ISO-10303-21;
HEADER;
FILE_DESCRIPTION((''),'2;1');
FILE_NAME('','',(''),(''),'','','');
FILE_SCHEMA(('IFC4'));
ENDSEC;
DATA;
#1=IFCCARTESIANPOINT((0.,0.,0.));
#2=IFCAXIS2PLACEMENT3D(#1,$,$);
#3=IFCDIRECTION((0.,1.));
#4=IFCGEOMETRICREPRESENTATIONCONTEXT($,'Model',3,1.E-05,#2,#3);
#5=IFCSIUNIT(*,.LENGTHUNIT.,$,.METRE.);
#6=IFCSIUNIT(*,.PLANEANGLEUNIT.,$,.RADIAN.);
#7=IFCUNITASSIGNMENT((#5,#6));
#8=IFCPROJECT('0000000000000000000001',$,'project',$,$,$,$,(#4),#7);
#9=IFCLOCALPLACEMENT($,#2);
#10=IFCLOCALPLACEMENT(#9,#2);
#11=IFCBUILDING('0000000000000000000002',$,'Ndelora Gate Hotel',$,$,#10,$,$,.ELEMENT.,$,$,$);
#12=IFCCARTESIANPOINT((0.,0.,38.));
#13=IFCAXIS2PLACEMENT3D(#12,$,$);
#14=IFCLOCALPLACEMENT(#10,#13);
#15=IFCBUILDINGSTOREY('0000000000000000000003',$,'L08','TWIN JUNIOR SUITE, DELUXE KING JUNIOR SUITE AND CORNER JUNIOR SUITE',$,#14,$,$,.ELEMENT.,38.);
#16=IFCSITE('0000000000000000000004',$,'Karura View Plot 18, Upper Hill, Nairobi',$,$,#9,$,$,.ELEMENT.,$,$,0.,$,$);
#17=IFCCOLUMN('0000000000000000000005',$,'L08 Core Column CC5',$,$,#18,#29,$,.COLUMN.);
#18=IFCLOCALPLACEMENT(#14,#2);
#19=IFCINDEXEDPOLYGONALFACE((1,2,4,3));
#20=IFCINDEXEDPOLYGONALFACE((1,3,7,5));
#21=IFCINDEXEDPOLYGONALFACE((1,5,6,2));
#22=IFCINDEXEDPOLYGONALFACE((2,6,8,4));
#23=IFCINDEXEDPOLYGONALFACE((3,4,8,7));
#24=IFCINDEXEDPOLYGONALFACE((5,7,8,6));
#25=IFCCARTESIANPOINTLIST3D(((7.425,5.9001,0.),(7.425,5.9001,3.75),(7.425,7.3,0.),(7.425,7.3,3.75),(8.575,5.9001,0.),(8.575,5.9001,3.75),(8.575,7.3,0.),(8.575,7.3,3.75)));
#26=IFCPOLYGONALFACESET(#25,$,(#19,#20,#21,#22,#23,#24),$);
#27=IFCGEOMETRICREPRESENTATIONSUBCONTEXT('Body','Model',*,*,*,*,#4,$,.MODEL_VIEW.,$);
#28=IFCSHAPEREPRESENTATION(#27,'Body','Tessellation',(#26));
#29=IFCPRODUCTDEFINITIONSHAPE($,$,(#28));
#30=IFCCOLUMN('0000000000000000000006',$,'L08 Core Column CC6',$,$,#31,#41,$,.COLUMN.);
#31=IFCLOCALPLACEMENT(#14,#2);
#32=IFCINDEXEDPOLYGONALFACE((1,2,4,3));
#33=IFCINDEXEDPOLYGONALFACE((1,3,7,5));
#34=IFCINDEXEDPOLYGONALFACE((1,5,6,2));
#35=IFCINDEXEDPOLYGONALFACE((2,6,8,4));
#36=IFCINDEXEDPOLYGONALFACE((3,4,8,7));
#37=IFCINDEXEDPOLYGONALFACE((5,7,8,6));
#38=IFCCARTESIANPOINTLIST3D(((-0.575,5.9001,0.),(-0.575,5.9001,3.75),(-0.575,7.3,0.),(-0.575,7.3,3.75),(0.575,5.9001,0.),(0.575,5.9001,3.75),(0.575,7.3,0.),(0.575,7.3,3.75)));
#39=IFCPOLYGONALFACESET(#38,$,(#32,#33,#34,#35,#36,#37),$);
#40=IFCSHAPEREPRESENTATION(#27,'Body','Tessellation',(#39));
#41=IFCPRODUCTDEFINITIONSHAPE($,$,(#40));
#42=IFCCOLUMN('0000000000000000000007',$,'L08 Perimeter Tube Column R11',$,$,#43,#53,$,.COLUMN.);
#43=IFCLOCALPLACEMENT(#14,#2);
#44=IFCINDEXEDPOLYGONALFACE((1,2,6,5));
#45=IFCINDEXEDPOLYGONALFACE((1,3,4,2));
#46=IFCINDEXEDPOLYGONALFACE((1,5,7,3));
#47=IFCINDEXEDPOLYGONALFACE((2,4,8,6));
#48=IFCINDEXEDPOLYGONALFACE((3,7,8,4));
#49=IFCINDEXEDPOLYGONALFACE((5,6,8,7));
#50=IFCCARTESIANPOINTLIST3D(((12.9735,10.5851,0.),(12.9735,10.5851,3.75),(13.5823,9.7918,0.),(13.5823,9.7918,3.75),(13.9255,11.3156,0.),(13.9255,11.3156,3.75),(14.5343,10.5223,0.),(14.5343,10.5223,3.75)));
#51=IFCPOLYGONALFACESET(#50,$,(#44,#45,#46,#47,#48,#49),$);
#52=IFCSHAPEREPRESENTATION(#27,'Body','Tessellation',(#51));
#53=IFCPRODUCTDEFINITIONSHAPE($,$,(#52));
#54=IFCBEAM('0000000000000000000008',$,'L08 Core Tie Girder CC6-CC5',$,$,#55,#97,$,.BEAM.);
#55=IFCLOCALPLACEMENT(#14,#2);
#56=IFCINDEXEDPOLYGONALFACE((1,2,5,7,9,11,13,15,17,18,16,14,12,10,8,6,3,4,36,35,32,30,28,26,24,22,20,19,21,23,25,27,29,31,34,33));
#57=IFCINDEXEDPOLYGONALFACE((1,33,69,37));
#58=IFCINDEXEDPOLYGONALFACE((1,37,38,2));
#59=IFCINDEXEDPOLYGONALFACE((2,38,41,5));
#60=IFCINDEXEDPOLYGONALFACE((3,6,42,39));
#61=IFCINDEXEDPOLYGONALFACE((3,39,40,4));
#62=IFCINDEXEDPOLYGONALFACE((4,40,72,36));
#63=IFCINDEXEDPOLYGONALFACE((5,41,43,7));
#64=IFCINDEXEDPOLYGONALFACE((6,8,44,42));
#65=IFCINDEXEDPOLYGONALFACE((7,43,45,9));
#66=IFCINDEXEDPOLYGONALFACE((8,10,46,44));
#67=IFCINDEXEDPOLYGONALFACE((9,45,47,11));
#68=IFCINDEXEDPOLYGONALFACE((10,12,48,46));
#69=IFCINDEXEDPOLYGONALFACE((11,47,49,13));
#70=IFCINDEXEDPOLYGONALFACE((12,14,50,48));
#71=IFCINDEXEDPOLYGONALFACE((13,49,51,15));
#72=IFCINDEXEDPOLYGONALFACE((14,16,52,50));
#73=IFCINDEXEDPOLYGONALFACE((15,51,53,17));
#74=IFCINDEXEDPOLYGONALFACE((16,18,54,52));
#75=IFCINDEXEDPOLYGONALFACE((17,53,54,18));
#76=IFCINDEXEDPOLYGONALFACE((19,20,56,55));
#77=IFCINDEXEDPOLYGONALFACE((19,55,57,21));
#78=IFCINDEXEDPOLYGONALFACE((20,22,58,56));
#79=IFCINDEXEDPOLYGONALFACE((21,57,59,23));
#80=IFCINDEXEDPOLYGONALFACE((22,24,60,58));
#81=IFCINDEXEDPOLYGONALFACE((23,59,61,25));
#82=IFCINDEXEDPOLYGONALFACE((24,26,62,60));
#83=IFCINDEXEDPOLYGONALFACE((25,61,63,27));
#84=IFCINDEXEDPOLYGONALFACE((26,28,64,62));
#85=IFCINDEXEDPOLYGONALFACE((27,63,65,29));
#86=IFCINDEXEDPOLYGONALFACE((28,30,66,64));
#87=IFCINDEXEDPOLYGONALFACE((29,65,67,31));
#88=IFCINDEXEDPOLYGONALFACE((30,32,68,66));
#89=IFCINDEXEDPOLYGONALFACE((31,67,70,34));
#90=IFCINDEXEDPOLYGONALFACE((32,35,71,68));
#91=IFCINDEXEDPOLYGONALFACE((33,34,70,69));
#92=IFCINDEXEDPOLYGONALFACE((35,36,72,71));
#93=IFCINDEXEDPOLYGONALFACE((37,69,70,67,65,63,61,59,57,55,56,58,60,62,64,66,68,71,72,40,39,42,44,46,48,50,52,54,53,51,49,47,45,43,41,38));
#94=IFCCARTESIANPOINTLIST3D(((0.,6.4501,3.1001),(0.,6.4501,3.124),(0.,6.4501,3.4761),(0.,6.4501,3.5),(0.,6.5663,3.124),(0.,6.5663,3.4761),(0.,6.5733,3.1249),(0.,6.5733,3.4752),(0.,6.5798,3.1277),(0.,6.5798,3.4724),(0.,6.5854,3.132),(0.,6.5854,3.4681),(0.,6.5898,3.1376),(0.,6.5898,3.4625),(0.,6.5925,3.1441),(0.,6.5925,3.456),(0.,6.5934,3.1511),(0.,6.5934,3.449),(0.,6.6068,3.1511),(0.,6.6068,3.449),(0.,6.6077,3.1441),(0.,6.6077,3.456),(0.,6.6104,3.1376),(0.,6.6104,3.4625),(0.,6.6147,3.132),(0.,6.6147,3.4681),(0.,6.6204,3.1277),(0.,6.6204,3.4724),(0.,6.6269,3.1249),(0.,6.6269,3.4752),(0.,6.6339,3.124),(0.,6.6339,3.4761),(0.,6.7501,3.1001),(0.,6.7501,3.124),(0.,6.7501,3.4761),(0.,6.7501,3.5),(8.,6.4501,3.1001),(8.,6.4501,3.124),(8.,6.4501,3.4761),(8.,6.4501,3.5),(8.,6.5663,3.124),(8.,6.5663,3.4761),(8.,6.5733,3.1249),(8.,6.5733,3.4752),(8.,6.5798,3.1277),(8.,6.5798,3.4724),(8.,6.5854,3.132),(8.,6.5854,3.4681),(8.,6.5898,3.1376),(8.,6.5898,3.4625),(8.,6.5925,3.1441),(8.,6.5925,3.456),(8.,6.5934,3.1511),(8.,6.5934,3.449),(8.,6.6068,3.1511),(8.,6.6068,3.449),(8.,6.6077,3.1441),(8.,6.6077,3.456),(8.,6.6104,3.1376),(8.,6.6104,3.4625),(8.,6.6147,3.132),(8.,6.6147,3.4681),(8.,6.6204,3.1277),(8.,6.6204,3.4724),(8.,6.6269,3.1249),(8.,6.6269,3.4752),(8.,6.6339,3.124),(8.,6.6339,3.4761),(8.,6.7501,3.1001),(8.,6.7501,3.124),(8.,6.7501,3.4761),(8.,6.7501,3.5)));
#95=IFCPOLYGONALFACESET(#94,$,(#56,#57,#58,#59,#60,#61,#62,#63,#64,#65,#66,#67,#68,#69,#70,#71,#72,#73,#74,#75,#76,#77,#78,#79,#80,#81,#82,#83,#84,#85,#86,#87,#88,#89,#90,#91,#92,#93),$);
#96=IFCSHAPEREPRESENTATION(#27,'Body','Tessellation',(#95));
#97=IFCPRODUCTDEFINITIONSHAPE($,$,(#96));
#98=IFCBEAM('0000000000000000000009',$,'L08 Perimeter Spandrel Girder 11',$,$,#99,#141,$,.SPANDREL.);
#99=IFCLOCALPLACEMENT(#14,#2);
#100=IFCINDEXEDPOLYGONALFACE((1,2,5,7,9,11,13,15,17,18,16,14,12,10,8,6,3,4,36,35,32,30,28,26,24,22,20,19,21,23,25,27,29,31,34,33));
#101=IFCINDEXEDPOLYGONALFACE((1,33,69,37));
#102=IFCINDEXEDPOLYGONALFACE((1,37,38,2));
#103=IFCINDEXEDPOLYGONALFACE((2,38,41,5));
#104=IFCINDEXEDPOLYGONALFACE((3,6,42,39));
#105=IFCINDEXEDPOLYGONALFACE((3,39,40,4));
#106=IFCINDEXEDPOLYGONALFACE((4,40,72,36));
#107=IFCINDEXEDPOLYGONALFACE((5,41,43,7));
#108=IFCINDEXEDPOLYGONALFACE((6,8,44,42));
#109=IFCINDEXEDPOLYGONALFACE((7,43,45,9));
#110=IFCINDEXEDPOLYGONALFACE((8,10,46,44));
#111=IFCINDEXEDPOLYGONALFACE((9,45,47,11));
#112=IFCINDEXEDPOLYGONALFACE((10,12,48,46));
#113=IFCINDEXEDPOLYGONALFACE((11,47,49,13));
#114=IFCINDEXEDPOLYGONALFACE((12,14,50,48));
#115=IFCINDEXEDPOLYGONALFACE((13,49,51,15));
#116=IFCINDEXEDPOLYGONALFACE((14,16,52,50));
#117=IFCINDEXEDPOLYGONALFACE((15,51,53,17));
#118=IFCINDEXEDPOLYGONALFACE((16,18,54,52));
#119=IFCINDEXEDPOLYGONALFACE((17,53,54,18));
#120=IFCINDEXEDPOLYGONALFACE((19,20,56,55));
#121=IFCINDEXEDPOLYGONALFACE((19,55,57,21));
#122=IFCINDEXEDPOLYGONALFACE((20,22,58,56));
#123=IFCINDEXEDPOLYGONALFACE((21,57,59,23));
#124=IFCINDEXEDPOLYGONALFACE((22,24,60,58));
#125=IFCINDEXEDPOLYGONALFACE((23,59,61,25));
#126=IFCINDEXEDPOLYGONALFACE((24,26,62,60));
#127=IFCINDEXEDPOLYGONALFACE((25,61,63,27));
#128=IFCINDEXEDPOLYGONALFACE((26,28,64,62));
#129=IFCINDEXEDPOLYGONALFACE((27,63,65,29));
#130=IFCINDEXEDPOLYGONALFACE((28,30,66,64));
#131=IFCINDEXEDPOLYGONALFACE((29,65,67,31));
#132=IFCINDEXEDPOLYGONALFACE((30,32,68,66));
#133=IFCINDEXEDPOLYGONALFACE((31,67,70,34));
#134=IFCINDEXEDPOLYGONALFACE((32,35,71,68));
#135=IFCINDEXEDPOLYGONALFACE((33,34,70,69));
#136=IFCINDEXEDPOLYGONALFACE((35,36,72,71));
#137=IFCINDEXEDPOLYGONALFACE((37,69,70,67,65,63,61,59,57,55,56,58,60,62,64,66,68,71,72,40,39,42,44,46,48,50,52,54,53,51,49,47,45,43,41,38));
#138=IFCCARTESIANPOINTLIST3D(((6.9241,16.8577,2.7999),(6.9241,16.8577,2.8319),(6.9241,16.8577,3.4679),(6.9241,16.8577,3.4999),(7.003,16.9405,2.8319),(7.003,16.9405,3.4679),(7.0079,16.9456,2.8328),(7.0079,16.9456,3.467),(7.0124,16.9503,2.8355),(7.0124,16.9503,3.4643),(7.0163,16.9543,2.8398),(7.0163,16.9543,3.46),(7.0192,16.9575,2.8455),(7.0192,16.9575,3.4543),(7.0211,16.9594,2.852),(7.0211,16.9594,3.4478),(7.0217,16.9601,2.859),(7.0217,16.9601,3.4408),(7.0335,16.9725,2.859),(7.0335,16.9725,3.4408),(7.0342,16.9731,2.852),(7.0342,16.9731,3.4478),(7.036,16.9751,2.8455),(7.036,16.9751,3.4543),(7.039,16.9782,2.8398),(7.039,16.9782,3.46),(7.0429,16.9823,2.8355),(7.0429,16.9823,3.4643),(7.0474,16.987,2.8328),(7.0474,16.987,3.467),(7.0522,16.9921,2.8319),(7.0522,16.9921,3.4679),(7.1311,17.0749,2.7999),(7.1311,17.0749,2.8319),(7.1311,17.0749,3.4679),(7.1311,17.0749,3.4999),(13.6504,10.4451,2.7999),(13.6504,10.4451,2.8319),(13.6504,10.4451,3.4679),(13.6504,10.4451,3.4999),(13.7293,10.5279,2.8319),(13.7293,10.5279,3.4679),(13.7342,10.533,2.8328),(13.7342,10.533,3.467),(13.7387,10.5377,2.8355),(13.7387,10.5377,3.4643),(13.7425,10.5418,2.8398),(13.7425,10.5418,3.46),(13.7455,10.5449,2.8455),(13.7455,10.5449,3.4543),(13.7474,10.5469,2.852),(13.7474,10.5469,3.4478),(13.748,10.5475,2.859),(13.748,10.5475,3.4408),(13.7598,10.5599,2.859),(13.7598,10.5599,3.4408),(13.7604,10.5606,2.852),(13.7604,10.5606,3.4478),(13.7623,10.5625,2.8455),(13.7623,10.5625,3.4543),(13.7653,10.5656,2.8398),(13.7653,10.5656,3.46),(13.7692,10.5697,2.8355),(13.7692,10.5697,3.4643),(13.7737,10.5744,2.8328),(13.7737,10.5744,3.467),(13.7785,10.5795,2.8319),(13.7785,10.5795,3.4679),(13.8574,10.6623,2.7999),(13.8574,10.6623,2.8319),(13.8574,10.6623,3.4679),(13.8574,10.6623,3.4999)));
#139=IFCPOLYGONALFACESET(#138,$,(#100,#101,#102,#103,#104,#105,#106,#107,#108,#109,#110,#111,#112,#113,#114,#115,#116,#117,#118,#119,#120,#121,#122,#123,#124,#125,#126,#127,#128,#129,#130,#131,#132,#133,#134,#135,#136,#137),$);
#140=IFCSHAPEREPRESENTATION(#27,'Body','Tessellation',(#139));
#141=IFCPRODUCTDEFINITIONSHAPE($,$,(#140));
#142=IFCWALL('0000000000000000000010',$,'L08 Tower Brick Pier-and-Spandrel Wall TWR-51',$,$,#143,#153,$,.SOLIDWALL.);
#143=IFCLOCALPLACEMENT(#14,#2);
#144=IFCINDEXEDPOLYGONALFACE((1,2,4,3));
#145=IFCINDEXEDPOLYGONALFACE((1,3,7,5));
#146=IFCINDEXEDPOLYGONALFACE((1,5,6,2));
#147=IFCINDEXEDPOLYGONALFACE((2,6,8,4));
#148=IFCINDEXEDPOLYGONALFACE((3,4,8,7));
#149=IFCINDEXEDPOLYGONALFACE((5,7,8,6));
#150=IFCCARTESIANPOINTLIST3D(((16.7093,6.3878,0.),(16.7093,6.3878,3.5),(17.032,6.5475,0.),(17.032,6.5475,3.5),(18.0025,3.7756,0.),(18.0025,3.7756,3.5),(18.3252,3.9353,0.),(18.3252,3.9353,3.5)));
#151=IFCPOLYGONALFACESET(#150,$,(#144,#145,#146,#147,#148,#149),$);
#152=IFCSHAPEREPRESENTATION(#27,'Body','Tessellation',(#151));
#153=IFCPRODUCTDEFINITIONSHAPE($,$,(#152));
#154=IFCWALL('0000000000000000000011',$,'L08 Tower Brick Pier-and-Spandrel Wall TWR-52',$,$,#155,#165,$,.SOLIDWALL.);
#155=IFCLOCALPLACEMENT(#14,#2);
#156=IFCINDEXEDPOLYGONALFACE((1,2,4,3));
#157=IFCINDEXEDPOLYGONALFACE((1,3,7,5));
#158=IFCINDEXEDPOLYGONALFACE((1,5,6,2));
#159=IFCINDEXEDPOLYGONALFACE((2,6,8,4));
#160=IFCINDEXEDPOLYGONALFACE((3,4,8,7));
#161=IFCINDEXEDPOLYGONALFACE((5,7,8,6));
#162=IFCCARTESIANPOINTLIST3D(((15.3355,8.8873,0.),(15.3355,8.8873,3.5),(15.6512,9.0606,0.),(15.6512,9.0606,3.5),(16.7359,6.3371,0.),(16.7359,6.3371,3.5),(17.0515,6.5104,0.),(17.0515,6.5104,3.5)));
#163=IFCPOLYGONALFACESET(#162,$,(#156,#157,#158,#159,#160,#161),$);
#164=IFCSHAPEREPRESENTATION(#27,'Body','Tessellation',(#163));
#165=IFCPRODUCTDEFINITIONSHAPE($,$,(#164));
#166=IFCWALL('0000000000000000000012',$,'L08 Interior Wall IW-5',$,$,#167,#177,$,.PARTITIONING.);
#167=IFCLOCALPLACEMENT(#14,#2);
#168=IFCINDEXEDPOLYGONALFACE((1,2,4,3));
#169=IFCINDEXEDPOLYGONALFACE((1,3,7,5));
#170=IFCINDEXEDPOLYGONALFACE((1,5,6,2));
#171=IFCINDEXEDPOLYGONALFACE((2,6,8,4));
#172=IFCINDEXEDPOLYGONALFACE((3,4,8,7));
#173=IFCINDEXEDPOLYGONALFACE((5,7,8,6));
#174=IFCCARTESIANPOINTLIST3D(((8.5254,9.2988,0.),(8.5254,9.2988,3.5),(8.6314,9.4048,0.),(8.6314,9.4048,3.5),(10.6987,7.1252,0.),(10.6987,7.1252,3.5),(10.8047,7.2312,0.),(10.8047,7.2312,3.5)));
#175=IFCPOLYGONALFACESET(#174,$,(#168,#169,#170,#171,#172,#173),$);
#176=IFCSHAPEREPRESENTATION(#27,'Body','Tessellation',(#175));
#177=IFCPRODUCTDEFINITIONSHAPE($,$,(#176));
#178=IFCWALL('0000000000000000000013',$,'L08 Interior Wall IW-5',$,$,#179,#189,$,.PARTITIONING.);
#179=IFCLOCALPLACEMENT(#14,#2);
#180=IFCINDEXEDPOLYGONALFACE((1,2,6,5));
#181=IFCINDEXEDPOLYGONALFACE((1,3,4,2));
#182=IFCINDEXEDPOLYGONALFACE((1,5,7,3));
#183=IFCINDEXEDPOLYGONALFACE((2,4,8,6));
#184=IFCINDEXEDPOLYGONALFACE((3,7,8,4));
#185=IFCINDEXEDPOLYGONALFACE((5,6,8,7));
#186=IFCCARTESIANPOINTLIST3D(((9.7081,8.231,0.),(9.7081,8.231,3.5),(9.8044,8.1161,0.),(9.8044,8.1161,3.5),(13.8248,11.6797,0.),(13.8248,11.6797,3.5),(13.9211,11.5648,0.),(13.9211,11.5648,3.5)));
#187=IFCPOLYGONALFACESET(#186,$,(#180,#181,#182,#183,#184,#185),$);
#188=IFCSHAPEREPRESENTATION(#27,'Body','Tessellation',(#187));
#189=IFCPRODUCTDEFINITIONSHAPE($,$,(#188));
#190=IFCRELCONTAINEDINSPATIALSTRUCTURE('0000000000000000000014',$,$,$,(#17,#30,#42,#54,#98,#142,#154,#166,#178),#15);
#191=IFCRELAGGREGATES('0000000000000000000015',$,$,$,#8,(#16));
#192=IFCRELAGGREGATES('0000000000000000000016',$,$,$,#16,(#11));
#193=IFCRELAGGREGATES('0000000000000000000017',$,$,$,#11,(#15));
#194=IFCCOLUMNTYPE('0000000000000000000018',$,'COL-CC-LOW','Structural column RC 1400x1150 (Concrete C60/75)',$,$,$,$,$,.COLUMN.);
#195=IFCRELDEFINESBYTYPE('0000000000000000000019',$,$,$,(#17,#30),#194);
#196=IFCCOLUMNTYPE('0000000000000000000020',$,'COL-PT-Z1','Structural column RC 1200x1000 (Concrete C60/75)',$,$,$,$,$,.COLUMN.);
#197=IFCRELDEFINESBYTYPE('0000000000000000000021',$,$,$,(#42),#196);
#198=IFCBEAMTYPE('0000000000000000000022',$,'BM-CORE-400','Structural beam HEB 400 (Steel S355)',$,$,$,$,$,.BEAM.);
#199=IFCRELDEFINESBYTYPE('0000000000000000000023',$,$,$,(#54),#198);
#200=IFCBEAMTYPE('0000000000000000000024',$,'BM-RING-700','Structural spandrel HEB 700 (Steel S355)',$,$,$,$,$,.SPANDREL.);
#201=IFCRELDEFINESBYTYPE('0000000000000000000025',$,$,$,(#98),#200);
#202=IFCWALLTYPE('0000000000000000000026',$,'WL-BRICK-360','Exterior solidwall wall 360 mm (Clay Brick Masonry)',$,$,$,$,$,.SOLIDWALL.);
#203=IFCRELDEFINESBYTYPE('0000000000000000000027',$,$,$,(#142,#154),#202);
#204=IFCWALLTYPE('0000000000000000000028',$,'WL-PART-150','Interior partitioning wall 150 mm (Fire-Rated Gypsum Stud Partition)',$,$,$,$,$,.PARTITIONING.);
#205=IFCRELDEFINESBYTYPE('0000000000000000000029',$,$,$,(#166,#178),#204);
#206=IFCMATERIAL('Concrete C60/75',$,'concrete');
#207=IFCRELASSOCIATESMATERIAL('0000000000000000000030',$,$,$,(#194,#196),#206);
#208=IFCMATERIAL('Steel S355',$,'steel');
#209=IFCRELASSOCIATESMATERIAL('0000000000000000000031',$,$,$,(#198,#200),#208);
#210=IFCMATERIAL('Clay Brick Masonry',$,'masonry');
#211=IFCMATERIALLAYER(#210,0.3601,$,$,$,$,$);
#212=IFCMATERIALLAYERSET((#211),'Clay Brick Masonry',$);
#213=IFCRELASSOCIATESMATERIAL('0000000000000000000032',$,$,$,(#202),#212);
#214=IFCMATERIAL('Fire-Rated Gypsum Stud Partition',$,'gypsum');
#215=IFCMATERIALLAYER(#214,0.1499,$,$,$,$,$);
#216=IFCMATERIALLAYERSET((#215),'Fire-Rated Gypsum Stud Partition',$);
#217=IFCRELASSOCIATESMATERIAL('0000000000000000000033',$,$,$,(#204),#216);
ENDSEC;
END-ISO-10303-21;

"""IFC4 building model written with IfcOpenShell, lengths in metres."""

from ifc_helpers import new_model, si_unit, direction, frame, frame_2d, origin, origin_2d, place, context, subcontext, project, spatial, rectangle, i_section, extrude, material, layer, layer_set, material_profile, profile_set, type_object, element, save


model = new_model("IFC4")

# Units and contexts
model_context = context("Model", 3, precision=1e-05, world=origin(), true_north=direction((0.0, 1.0)))
body_context = subcontext(model_context, "Body", "Model", "MODEL_VIEW")
ifc_project = project(units=[si_unit("LENGTHUNIT", "METRE"), si_unit("PLANEANGLEUNIT", "RADIAN")], contexts=[model_context])

# Site, building, storey
site_placement = place(None, origin())
site = spatial("IfcSite", under=ifc_project, at=site_placement, Name="Karura View Plot 18, Upper Hill, Nairobi", CompositionType="ELEMENT", RefElevation=0.0)
building_placement = place(site_placement, origin())
building = spatial("IfcBuilding", under=site, at=building_placement, Name="Ndelora Gate Hotel", CompositionType="ELEMENT")
storey_placement = place(building_placement, frame((0.0, 0.0, 38.0)))
storey = spatial("IfcBuildingStorey", under=building, at=storey_placement, Name="L08", Description="TWIN JUNIOR SUITE, DELUXE KING JUNIOR SUITE AND CORNER JUNIOR SUITE", CompositionType="ELEMENT", Elevation=38.0)

# Columns
ifc_material_1 = material(Name="Concrete C60/75", Category="concrete")
ifc_material_profile_1 = material_profile(ifc_material_1, rectangle(XDim=1.1499, YDim=1.3999, at=origin_2d()), Name="RC 1400x1150")
ifc_profile_set_1 = profile_set([ifc_material_profile_1], Name="Concrete C60/75")
column_type_1 = type_object("IfcColumnType", Name="COL-CC-LOW", Description="Structural column RC 1400x1150 (Concrete C60/75)", PredefinedType="COLUMN", material=ifc_profile_set_1)
for number, where, z_axis, x_axis, name in (
    (1, (8.0, 6.6001, 0.0), (0.0, 0.0, 1.0), (1.0, 0.0, 0.0), "L08 Core Column CC5"),
    (2, (0.0, 6.6001, 0.0), (0.0, 0.0, 1.0), (1.0, 0.0, 0.0), "L08 Core Column CC6"),
):
    element("IfcColumn", number, at=place(storey_placement, frame(where, z_axis=z_axis, x_axis=x_axis)), inside=storey, type_object=column_type_1, Name=name, PredefinedType="COLUMN", context=body_context, shape_type="SweptSolid", body=[
        extrude(rectangle(XDim=1.1499, YDim=1.3999, at=origin_2d()), origin(), (0.0, 0.0, 1.0), 3.75),
    ])
ifc_material_profile_2 = material_profile(ifc_material_1, rectangle(XDim=1.0, YDim=1.2, at=origin_2d()), Name="RC 1200x1000")
ifc_profile_set_2 = profile_set([ifc_material_profile_2], Name="Concrete C60/75")
column_type_2 = type_object("IfcColumnType", Name="COL-PT-Z1", Description="Structural column RC 1200x1000 (Concrete C60/75)", PredefinedType="COLUMN", material=ifc_profile_set_2)
column_placement = place(storey_placement, frame((13.7539, 10.5537, 0.0), z_axis=(0.0, 0.0, 1.0), x_axis=(-0.608761, 0.793353, 0.0)))
element("IfcColumn", 3, at=column_placement, inside=storey, type_object=column_type_2, Name="L08 Perimeter Tube Column R11", PredefinedType="COLUMN", context=body_context, shape_type="SweptSolid", body=[
    extrude(rectangle(XDim=1.0, YDim=1.2, at=origin_2d()), origin(), (0.0, 0.0, 1.0), 3.75),
])

# Beams
ifc_material_2 = material(Name="Steel S355", Category="steel")
ifc_material_profile_3 = material_profile(ifc_material_2, i_section(OverallWidth=0.3, OverallDepth=0.3999, WebThickness=0.0134, FlangeThickness=0.0239, FilletRadius=0.0271, at=origin_2d()), Name="HEB 400")
ifc_profile_set_3 = profile_set([ifc_material_profile_3], Name="Steel S355")
beam_type_1 = type_object("IfcBeamType", Name="BM-CORE-400", Description="Structural beam HEB 400 (Steel S355)", PredefinedType="BEAM", material=ifc_profile_set_3)
beam_1_placement = place(storey_placement, frame((0.0, 6.6001, 3.3), z_axis=(1.0, 0.0, 0.0), x_axis=(0.0, 1.0, 0.0)))
element("IfcBeam", 4, at=beam_1_placement, inside=storey, type_object=beam_type_1, Name="L08 Core Tie Girder CC6-CC5", PredefinedType="BEAM", context=body_context, shape_type="SweptSolid", body=[
    extrude(i_section(OverallWidth=0.3, OverallDepth=0.3999, WebThickness=0.0134, FlangeThickness=0.0239, FilletRadius=0.0271, at=origin_2d()), origin(), (0.0, 0.0, 1.0), 8.0),
])
ifc_material_profile_4 = material_profile(ifc_material_2, i_section(OverallWidth=0.3, OverallDepth=0.7, WebThickness=0.0171, FlangeThickness=0.032, FilletRadius=0.0271, at=origin_2d()), Name="HEB 700")
ifc_profile_set_4 = profile_set([ifc_material_profile_4], Name="Steel S355")
beam_type_2 = type_object("IfcBeamType", Name="BM-RING-700", Description="Structural spandrel HEB 700 (Steel S355)", PredefinedType="SPANDREL", material=ifc_profile_set_4)
beam_2_placement = place(storey_placement, frame((13.7539, 10.5537, 3.1499), z_axis=(-0.723784, 0.690026, 0.0), x_axis=(-0.690026, -0.723784, 0.0)))
element("IfcBeam", 5, at=beam_2_placement, inside=storey, type_object=beam_type_2, Name="L08 Perimeter Spandrel Girder 11", PredefinedType="SPANDREL", context=body_context, shape_type="SweptSolid", body=[
    extrude(i_section(OverallWidth=0.3, OverallDepth=0.7, WebThickness=0.0171, FlangeThickness=0.032, FilletRadius=0.0271, at=origin_2d()), origin(), (0.0, 0.0, 1.0), 9.2932),
])

# Walls
ifc_material_3 = material(Name="Clay Brick Masonry", Category="masonry")
ifc_layer_1 = layer(ifc_material_3, 0.3601)
ifc_layer_set_1 = layer_set([ifc_layer_1], Name="Clay Brick Masonry")
wall_type_1 = type_object("IfcWallType", Name="WL-BRICK-360", Description="Exterior solidwall wall 360 mm (Clay Brick Masonry)", PredefinedType="SOLIDWALL", material=ifc_layer_set_1)
wall_1_placement = place(storey_placement, frame((16.8706, 6.4678, 0.0), z_axis=(0.0, 0.0, 1.0), x_axis=(0.443659, -0.896196, 0.0)))
element("IfcWall", 6, at=wall_1_placement, inside=storey, type_object=wall_type_1, Name="L08 Tower Brick Pier-and-Spandrel Wall TWR-51", PredefinedType="SOLIDWALL", context=body_context, shape_type="SweptSolid", body=[
    extrude(rectangle(XDim=2.9148, YDim=0.3601, at=frame_2d((1.4575, 0.0))), origin(), (0.0, 0.0, 1.0), 3.5),
])
wall_2_placement = place(storey_placement, frame((15.4934, 8.9739, 0.0), z_axis=(0.0, 0.0, 1.0), x_axis=(0.481319, -0.876545, 0.0)))
element("IfcWall", 7, at=wall_2_placement, inside=storey, type_object=wall_type_1, Name="L08 Tower Brick Pier-and-Spandrel Wall TWR-52", PredefinedType="SOLIDWALL", context=body_context, shape_type="SweptSolid", body=[
    extrude(rectangle(XDim=2.9094, YDim=0.3601, at=frame_2d((1.4546, 0.0))), origin(), (0.0, 0.0, 1.0), 3.5),
])

# Shared definitions
ifc_material_4 = material(Name="Fire-Rated Gypsum Stud Partition", Category="gypsum")
ifc_layer_2 = layer(ifc_material_4, 0.1499)
ifc_layer_set_2 = layer_set([ifc_layer_2], Name="Fire-Rated Gypsum Stud Partition")
wall_type_2 = type_object("IfcWallType", Name="WL-PART-150", Description="Interior partitioning wall 150 mm (Fire-Rated Gypsum Stud Partition)", PredefinedType="PARTITIONING", material=ifc_layer_set_2)

# Walls
wall_3_placement = place(storey_placement, frame((8.5784, 9.3518, 0.0), z_axis=(0.0, 0.0, 1.0), x_axis=(0.707067, -0.707146, 0.0)))
element("IfcWall", 8, at=wall_3_placement, inside=storey, type_object=wall_type_2, Name="L08 Interior Wall IW-5", PredefinedType="PARTITIONING", context=body_context, shape_type="SweptSolid", body=[
    extrude(rectangle(XDim=3.0737, YDim=0.1499, at=frame_2d((1.5369, 0.0))), origin(), (0.0, 0.0, 1.0), 3.5),
])
wall_4_placement = place(storey_placement, frame((9.7563, 8.1736, 0.0), z_axis=(0.0, 0.0, 1.0), x_axis=(0.766557, 0.642177, 0.0)))
element("IfcWall", 9, at=wall_4_placement, inside=storey, type_object=wall_type_2, Name="L08 Interior Wall IW-5", PredefinedType="PARTITIONING", context=body_context, shape_type="SweptSolid", body=[
    extrude(rectangle(XDim=5.3704, YDim=0.1499, at=frame_2d((2.6851, 0.0))), origin(), (0.0, 0.0, 1.0), 3.5),
])

save(model, "model.ifc")
